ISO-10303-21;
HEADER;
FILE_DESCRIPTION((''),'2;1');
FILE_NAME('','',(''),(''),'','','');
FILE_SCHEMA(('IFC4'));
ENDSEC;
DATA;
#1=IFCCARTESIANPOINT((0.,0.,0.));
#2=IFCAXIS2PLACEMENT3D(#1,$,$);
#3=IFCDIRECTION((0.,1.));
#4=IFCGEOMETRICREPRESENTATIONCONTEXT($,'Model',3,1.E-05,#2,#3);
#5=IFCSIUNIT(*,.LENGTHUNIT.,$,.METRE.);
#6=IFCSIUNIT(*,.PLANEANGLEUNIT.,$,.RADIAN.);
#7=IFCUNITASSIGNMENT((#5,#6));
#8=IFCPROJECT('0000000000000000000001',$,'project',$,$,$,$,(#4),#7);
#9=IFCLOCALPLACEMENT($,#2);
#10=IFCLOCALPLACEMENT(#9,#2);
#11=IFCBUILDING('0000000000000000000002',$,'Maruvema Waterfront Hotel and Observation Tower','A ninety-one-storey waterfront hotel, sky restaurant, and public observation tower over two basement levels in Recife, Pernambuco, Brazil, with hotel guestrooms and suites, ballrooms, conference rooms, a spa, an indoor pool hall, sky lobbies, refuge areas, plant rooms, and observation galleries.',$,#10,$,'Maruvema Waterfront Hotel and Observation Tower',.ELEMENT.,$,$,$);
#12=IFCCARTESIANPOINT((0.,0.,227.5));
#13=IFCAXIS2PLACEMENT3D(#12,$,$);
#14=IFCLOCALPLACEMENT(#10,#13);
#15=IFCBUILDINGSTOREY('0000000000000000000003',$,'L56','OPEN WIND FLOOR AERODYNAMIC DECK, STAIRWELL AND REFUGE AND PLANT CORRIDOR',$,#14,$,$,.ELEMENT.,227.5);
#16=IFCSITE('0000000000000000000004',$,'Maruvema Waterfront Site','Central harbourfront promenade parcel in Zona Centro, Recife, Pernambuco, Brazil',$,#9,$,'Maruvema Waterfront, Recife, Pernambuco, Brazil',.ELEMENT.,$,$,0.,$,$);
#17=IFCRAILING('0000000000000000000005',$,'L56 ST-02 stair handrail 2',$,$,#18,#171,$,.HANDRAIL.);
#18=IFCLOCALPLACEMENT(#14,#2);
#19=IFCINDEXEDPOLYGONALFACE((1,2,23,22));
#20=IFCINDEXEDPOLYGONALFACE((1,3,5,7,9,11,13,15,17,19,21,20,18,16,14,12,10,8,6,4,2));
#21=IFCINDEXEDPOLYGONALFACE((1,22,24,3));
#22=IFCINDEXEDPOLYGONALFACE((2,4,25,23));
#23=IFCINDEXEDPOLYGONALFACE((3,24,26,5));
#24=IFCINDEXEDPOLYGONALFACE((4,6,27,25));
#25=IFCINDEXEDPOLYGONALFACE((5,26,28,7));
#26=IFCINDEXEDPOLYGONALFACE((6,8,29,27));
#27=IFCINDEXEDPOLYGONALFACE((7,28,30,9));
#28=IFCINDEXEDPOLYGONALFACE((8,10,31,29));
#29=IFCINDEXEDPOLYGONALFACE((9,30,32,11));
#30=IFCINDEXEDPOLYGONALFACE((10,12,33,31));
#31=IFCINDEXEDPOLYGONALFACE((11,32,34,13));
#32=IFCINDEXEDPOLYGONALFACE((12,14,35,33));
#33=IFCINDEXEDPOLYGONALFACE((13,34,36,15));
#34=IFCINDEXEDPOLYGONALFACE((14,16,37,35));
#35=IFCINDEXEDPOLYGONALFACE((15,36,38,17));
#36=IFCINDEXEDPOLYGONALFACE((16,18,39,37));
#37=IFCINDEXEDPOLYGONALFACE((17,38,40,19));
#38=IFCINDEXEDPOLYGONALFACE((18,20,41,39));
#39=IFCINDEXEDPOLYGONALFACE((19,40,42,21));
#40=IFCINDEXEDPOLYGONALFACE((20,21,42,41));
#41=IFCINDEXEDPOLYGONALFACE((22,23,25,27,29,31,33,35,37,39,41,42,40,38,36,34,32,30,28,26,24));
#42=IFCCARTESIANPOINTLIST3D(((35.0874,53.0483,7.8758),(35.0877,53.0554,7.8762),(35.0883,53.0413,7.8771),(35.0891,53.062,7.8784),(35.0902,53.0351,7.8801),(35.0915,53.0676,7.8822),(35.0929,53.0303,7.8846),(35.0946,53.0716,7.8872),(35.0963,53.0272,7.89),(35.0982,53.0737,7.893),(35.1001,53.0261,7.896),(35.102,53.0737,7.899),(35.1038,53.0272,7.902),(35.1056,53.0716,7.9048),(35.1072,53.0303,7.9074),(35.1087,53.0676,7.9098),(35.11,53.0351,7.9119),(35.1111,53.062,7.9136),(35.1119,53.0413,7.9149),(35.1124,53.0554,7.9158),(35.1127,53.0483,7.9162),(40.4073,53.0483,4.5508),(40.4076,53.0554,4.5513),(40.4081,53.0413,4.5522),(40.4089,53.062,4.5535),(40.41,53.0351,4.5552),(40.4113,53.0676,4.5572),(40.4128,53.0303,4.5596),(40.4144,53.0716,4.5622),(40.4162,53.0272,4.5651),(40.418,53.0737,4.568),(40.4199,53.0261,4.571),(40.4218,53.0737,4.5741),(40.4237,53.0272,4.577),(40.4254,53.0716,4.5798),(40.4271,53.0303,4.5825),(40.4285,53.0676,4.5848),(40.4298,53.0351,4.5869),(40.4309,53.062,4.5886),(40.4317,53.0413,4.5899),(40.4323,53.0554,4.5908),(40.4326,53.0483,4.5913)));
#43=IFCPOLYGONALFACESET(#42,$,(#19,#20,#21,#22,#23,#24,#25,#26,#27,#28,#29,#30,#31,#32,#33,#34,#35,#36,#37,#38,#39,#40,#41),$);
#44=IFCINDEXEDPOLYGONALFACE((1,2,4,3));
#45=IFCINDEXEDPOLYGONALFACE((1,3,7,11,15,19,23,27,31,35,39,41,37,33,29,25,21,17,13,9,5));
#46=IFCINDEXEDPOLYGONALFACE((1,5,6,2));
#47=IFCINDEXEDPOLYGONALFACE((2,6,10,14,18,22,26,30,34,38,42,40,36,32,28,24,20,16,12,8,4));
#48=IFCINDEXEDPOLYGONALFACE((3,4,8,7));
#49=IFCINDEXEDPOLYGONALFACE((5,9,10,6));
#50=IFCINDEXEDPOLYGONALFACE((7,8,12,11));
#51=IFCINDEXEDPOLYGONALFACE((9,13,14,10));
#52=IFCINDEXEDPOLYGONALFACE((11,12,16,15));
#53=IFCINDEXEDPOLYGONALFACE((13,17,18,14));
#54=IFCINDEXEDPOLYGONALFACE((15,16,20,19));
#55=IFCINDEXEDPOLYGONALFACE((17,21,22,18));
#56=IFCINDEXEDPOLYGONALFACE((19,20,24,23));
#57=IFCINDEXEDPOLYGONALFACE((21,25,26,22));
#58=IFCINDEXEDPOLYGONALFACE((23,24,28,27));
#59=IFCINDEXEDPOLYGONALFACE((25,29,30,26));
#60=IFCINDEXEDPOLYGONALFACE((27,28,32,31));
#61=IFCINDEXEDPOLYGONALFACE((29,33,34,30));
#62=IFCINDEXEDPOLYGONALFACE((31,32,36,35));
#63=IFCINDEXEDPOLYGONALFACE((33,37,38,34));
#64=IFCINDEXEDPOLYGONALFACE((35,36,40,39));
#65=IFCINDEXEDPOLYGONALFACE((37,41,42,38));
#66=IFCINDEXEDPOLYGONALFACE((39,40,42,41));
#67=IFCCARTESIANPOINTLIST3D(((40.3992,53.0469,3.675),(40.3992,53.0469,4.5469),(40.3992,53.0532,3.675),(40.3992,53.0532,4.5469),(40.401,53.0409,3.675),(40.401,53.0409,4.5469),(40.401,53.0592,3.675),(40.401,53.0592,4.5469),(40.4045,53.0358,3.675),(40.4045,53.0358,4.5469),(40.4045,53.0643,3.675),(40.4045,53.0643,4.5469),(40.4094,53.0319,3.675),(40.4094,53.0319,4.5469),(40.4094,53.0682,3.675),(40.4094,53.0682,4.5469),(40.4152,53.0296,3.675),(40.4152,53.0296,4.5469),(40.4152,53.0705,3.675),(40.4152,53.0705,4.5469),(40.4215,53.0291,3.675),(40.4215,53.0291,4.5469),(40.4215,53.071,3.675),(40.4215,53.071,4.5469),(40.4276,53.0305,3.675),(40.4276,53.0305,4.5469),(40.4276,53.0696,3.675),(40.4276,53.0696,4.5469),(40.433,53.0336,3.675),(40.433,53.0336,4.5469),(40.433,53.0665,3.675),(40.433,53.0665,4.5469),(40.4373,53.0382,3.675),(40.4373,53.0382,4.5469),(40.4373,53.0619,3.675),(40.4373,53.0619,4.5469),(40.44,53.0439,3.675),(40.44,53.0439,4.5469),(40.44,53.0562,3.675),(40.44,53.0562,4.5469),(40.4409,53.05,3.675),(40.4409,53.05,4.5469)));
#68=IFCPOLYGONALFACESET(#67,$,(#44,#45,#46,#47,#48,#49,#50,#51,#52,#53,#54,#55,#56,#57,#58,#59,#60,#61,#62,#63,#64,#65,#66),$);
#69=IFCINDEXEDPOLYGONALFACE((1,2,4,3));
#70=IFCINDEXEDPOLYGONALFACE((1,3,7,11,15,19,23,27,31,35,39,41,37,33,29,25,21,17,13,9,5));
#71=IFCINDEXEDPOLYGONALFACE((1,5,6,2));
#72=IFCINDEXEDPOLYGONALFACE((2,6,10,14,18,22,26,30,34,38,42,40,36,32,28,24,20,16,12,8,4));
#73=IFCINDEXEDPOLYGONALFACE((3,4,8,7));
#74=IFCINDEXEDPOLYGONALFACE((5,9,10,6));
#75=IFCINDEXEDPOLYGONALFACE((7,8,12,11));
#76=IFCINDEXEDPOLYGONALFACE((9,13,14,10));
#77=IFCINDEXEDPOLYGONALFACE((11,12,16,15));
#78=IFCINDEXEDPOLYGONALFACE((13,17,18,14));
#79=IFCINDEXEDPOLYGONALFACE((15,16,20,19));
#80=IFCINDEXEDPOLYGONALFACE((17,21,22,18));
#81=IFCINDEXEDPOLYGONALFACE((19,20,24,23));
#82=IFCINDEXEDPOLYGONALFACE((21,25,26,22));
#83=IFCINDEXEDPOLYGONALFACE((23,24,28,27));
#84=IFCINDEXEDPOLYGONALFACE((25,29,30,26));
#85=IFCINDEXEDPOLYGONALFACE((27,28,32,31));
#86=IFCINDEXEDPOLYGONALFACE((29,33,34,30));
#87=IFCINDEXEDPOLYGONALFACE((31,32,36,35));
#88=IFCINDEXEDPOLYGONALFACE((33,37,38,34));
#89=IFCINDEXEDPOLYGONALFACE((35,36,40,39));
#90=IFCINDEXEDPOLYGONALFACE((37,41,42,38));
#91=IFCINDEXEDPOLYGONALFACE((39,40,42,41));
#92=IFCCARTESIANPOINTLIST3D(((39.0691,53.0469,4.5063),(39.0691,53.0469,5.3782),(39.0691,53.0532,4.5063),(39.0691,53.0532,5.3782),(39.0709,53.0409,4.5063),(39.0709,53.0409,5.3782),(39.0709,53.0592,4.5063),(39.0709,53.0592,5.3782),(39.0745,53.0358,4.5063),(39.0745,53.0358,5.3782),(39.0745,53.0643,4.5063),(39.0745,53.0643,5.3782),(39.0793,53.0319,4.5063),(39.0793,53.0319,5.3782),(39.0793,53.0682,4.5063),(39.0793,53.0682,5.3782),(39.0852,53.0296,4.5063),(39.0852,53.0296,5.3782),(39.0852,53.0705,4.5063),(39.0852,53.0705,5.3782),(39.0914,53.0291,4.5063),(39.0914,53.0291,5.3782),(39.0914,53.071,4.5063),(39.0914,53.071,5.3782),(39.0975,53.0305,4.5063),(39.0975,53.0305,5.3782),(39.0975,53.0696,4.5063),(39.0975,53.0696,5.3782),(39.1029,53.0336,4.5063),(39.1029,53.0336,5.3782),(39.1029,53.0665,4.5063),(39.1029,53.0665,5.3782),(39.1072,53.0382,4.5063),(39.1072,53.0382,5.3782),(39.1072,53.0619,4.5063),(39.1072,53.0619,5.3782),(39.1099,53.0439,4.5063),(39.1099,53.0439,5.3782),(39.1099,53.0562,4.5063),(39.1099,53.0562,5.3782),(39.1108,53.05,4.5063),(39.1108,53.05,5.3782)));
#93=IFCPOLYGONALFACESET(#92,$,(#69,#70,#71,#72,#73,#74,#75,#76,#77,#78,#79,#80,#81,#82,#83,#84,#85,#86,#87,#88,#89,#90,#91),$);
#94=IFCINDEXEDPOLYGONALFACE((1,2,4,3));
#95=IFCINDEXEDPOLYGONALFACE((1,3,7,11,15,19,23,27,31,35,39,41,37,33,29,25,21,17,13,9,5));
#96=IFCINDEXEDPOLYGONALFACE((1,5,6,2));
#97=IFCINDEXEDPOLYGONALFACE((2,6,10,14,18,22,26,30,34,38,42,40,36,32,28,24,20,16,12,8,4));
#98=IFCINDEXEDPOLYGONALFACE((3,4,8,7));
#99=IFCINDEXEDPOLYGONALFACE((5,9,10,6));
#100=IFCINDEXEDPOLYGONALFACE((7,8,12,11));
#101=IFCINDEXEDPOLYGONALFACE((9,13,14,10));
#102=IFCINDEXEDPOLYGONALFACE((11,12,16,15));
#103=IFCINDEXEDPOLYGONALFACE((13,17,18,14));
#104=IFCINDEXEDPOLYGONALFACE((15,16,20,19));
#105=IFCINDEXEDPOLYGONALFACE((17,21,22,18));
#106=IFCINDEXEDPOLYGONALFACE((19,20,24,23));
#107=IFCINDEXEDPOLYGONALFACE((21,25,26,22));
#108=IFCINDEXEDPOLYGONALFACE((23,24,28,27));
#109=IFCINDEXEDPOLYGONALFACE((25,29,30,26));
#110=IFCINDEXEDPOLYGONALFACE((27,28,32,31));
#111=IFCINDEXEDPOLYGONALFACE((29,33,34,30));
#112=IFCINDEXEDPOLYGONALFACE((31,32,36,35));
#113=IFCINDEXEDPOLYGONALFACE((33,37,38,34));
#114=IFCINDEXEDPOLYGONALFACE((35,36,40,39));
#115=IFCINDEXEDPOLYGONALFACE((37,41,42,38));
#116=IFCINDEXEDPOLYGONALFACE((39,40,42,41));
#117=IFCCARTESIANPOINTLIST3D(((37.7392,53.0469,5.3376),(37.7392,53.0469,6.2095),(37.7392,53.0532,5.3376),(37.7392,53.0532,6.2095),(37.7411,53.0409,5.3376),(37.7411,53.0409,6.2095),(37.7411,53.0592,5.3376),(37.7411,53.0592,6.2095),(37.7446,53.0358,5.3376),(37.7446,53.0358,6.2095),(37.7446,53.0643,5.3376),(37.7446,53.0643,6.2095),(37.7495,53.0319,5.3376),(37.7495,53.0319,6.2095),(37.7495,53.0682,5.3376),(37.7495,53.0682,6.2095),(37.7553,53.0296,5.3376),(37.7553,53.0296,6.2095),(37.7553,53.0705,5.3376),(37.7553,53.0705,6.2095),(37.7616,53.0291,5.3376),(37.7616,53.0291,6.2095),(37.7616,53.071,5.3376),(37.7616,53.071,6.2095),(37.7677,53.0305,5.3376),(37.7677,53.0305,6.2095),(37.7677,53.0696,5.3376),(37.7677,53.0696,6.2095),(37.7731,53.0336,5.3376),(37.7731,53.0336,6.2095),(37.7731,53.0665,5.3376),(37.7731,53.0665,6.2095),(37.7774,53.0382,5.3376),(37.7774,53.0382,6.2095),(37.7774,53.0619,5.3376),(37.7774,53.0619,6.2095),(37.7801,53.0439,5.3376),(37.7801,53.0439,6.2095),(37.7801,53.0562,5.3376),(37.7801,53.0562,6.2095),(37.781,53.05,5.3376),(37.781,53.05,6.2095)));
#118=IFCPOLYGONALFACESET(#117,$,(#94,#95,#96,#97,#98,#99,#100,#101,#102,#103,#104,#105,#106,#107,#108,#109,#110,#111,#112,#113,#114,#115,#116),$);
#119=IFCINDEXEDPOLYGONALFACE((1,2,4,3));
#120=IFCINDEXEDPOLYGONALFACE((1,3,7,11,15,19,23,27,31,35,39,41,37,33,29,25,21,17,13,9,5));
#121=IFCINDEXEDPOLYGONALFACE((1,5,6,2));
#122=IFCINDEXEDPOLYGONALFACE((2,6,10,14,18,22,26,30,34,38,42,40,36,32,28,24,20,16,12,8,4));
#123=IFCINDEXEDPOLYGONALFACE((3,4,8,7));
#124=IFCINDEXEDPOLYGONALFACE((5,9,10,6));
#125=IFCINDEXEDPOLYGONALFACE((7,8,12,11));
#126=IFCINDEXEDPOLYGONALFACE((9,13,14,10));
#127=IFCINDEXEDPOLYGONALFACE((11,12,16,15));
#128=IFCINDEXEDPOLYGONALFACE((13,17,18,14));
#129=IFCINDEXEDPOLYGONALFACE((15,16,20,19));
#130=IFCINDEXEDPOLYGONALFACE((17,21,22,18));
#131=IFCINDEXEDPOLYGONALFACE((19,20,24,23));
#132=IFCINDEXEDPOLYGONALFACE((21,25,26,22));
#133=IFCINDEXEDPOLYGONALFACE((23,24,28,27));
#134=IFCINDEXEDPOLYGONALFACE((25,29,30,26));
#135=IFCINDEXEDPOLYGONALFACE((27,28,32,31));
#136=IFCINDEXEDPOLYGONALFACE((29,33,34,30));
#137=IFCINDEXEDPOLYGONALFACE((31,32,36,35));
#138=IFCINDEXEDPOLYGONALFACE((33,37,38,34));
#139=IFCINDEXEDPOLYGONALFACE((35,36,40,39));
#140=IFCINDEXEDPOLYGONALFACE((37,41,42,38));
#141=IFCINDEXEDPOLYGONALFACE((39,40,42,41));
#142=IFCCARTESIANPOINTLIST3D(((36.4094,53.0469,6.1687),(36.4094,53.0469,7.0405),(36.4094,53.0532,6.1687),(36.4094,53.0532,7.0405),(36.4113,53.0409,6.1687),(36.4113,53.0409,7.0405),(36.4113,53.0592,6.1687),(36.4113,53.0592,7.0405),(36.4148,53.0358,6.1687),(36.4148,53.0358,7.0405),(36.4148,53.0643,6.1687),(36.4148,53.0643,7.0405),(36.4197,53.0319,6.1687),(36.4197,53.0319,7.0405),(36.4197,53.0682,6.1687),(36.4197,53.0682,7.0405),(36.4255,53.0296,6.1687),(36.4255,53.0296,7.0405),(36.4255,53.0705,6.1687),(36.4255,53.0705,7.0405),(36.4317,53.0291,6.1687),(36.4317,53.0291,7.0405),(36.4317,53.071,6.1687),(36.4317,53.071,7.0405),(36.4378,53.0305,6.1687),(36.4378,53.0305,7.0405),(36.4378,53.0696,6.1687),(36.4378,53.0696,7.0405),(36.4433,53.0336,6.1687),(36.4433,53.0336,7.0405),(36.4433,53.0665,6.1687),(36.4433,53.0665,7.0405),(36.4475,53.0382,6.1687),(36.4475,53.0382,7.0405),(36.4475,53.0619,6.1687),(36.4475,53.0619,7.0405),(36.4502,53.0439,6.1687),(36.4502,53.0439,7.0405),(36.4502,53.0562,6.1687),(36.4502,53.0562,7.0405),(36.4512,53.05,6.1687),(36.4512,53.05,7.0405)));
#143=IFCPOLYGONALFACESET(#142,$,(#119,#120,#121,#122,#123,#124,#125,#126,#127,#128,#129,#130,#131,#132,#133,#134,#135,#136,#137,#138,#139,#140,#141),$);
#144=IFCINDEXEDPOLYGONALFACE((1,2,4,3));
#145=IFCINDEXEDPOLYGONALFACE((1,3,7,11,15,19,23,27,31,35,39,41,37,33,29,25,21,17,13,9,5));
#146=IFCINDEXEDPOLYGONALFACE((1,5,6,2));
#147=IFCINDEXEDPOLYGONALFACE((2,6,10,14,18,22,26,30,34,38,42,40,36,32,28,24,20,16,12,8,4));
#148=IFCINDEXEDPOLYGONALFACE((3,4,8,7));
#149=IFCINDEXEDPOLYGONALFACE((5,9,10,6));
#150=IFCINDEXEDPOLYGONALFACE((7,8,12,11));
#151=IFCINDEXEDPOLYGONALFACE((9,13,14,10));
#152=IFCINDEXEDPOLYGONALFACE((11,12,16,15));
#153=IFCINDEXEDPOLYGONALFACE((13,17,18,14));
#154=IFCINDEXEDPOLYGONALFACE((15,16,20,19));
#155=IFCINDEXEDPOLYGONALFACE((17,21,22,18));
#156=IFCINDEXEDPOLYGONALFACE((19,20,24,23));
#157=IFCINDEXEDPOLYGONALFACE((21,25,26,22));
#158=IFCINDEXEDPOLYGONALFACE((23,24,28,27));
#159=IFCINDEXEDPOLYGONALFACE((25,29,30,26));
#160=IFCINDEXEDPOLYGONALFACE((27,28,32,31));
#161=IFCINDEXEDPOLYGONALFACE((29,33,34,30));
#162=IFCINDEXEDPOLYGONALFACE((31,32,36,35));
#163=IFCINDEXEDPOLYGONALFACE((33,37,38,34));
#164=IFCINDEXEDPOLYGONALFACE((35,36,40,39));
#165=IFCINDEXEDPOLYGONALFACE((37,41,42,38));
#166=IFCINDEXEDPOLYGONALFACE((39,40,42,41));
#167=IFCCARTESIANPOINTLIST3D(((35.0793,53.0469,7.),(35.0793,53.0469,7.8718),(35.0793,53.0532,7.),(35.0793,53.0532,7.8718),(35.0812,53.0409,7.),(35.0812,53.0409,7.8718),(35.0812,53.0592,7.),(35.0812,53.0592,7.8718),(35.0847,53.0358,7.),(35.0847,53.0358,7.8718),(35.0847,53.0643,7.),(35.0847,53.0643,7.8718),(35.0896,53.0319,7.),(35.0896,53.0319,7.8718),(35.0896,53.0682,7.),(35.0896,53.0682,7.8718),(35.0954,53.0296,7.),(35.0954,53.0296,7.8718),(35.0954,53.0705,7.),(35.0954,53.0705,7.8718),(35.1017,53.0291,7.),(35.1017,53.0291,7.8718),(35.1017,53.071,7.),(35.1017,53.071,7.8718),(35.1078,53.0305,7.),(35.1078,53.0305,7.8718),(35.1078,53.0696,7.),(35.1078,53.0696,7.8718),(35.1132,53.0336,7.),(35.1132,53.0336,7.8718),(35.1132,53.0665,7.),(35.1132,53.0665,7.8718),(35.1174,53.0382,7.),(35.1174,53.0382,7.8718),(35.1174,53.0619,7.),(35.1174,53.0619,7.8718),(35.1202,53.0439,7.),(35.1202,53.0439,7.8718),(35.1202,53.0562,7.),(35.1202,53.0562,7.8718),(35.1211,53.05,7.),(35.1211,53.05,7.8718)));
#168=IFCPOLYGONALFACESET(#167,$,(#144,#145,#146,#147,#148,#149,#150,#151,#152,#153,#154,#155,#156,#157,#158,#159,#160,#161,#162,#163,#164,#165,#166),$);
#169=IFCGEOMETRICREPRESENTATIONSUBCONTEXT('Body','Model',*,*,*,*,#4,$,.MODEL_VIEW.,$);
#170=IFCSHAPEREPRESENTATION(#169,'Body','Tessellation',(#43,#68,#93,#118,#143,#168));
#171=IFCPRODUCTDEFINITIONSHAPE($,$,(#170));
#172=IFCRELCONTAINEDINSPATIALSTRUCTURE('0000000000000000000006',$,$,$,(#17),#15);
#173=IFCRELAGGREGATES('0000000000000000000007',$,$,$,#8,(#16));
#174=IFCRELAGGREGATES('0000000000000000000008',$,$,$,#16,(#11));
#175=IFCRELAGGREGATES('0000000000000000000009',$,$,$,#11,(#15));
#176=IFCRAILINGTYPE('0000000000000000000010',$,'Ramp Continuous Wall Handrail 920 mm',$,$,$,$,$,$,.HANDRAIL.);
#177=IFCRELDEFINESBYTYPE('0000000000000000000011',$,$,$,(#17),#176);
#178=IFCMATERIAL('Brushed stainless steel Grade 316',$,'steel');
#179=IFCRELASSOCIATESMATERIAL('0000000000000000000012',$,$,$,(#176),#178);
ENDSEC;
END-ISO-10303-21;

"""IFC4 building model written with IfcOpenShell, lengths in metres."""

from ifc_helpers import new_model, si_unit, direction, frame, origin, origin_2d, place, context, subcontext, project, spatial, circle, extrude, material, type_object, element, save


model = new_model("IFC4")

# Units and contexts
model_context = context("Model", 3, precision=1e-05, world=origin(), true_north=direction((0.0, 1.0)))
body_context = subcontext(model_context, "Body", "Model", "MODEL_VIEW")
ifc_project = project(units=[si_unit("LENGTHUNIT", "METRE"), si_unit("PLANEANGLEUNIT", "RADIAN")], contexts=[model_context])

# Site, building, storey
site_placement = place(None, origin())
site = spatial("IfcSite", under=ifc_project, at=site_placement, Name="Maruvema Waterfront Site", Description="Central harbourfront promenade parcel in Zona Centro, Recife, Pernambuco, Brazil", LongName="Maruvema Waterfront, Recife, Pernambuco, Brazil", CompositionType="ELEMENT", RefElevation=0.0)
building_placement = place(site_placement, origin())
building = spatial("IfcBuilding", under=site, at=building_placement, Name="Maruvema Waterfront Hotel and Observation Tower", Description="A ninety-one-storey waterfront hotel, sky restaurant, and public observation tower over two basement levels in Recife, Pernambuco, Brazil, with hotel guestrooms and suites, ballrooms, conference rooms, a spa, an indoor pool hall, sky lobbies, refuge areas, plant rooms, and observation galleries.", LongName="Maruvema Waterfront Hotel and Observation Tower", CompositionType="ELEMENT")
storey_placement = place(building_placement, frame((0.0, 0.0, 227.5)))
storey = spatial("IfcBuildingStorey", under=building, at=storey_placement, Name="L56", Description="OPEN WIND FLOOR AERODYNAMIC DECK, STAIRWELL AND REFUGE AND PLANT CORRIDOR", CompositionType="ELEMENT", Elevation=227.5)

# Railing
ifc_material_1 = material(Name="Brushed stainless steel Grade 316", Category="steel")
railing_type_1 = type_object("IfcRailingType", Name="Ramp Continuous Wall Handrail 920 mm", PredefinedType="HANDRAIL", material=ifc_material_1)
railing_1_placement = place(storey_placement, frame((40.4199, 53.05, 3.675)))
element("IfcRailing", 1, at=railing_1_placement, inside=storey, type_object=railing_type_1, Name="L56 ST-02 stair handrail 2", PredefinedType="HANDRAIL", context=body_context, shape_type="SweptSolid", body=[
    extrude(circle(Radius=0.0239, at=origin_2d()), frame((0.0, 0.0, 0.896), z_axis=(-0.847994, 0.0, 0.530006), x_axis=(0.0, -1.0, 0.0)), (0.0, 0.0, 1.0), 6.2734),
    extrude(circle(Radius=0.021, at=origin_2d()), origin(), (0.0, 0.0, 1.0), 0.8718),
    extrude(circle(Radius=0.021, at=origin_2d()), frame((-1.3301, 0.0, 0.8313)), (0.0, 0.0, 1.0), 0.8718),
    extrude(circle(Radius=0.021, at=origin_2d()), frame((-2.6599, 0.0, 1.6626)), (0.0, 0.0, 1.0), 0.8718),
    extrude(circle(Radius=0.021, at=origin_2d()), frame((-3.9897, 0.0, 2.4937)), (0.0, 0.0, 1.0), 0.8718),
    extrude(circle(Radius=0.021, at=origin_2d()), frame((-5.3198, 0.0, 3.325)), (0.0, 0.0, 1.0), 0.8718),
])

save(model, "model.ifc")
